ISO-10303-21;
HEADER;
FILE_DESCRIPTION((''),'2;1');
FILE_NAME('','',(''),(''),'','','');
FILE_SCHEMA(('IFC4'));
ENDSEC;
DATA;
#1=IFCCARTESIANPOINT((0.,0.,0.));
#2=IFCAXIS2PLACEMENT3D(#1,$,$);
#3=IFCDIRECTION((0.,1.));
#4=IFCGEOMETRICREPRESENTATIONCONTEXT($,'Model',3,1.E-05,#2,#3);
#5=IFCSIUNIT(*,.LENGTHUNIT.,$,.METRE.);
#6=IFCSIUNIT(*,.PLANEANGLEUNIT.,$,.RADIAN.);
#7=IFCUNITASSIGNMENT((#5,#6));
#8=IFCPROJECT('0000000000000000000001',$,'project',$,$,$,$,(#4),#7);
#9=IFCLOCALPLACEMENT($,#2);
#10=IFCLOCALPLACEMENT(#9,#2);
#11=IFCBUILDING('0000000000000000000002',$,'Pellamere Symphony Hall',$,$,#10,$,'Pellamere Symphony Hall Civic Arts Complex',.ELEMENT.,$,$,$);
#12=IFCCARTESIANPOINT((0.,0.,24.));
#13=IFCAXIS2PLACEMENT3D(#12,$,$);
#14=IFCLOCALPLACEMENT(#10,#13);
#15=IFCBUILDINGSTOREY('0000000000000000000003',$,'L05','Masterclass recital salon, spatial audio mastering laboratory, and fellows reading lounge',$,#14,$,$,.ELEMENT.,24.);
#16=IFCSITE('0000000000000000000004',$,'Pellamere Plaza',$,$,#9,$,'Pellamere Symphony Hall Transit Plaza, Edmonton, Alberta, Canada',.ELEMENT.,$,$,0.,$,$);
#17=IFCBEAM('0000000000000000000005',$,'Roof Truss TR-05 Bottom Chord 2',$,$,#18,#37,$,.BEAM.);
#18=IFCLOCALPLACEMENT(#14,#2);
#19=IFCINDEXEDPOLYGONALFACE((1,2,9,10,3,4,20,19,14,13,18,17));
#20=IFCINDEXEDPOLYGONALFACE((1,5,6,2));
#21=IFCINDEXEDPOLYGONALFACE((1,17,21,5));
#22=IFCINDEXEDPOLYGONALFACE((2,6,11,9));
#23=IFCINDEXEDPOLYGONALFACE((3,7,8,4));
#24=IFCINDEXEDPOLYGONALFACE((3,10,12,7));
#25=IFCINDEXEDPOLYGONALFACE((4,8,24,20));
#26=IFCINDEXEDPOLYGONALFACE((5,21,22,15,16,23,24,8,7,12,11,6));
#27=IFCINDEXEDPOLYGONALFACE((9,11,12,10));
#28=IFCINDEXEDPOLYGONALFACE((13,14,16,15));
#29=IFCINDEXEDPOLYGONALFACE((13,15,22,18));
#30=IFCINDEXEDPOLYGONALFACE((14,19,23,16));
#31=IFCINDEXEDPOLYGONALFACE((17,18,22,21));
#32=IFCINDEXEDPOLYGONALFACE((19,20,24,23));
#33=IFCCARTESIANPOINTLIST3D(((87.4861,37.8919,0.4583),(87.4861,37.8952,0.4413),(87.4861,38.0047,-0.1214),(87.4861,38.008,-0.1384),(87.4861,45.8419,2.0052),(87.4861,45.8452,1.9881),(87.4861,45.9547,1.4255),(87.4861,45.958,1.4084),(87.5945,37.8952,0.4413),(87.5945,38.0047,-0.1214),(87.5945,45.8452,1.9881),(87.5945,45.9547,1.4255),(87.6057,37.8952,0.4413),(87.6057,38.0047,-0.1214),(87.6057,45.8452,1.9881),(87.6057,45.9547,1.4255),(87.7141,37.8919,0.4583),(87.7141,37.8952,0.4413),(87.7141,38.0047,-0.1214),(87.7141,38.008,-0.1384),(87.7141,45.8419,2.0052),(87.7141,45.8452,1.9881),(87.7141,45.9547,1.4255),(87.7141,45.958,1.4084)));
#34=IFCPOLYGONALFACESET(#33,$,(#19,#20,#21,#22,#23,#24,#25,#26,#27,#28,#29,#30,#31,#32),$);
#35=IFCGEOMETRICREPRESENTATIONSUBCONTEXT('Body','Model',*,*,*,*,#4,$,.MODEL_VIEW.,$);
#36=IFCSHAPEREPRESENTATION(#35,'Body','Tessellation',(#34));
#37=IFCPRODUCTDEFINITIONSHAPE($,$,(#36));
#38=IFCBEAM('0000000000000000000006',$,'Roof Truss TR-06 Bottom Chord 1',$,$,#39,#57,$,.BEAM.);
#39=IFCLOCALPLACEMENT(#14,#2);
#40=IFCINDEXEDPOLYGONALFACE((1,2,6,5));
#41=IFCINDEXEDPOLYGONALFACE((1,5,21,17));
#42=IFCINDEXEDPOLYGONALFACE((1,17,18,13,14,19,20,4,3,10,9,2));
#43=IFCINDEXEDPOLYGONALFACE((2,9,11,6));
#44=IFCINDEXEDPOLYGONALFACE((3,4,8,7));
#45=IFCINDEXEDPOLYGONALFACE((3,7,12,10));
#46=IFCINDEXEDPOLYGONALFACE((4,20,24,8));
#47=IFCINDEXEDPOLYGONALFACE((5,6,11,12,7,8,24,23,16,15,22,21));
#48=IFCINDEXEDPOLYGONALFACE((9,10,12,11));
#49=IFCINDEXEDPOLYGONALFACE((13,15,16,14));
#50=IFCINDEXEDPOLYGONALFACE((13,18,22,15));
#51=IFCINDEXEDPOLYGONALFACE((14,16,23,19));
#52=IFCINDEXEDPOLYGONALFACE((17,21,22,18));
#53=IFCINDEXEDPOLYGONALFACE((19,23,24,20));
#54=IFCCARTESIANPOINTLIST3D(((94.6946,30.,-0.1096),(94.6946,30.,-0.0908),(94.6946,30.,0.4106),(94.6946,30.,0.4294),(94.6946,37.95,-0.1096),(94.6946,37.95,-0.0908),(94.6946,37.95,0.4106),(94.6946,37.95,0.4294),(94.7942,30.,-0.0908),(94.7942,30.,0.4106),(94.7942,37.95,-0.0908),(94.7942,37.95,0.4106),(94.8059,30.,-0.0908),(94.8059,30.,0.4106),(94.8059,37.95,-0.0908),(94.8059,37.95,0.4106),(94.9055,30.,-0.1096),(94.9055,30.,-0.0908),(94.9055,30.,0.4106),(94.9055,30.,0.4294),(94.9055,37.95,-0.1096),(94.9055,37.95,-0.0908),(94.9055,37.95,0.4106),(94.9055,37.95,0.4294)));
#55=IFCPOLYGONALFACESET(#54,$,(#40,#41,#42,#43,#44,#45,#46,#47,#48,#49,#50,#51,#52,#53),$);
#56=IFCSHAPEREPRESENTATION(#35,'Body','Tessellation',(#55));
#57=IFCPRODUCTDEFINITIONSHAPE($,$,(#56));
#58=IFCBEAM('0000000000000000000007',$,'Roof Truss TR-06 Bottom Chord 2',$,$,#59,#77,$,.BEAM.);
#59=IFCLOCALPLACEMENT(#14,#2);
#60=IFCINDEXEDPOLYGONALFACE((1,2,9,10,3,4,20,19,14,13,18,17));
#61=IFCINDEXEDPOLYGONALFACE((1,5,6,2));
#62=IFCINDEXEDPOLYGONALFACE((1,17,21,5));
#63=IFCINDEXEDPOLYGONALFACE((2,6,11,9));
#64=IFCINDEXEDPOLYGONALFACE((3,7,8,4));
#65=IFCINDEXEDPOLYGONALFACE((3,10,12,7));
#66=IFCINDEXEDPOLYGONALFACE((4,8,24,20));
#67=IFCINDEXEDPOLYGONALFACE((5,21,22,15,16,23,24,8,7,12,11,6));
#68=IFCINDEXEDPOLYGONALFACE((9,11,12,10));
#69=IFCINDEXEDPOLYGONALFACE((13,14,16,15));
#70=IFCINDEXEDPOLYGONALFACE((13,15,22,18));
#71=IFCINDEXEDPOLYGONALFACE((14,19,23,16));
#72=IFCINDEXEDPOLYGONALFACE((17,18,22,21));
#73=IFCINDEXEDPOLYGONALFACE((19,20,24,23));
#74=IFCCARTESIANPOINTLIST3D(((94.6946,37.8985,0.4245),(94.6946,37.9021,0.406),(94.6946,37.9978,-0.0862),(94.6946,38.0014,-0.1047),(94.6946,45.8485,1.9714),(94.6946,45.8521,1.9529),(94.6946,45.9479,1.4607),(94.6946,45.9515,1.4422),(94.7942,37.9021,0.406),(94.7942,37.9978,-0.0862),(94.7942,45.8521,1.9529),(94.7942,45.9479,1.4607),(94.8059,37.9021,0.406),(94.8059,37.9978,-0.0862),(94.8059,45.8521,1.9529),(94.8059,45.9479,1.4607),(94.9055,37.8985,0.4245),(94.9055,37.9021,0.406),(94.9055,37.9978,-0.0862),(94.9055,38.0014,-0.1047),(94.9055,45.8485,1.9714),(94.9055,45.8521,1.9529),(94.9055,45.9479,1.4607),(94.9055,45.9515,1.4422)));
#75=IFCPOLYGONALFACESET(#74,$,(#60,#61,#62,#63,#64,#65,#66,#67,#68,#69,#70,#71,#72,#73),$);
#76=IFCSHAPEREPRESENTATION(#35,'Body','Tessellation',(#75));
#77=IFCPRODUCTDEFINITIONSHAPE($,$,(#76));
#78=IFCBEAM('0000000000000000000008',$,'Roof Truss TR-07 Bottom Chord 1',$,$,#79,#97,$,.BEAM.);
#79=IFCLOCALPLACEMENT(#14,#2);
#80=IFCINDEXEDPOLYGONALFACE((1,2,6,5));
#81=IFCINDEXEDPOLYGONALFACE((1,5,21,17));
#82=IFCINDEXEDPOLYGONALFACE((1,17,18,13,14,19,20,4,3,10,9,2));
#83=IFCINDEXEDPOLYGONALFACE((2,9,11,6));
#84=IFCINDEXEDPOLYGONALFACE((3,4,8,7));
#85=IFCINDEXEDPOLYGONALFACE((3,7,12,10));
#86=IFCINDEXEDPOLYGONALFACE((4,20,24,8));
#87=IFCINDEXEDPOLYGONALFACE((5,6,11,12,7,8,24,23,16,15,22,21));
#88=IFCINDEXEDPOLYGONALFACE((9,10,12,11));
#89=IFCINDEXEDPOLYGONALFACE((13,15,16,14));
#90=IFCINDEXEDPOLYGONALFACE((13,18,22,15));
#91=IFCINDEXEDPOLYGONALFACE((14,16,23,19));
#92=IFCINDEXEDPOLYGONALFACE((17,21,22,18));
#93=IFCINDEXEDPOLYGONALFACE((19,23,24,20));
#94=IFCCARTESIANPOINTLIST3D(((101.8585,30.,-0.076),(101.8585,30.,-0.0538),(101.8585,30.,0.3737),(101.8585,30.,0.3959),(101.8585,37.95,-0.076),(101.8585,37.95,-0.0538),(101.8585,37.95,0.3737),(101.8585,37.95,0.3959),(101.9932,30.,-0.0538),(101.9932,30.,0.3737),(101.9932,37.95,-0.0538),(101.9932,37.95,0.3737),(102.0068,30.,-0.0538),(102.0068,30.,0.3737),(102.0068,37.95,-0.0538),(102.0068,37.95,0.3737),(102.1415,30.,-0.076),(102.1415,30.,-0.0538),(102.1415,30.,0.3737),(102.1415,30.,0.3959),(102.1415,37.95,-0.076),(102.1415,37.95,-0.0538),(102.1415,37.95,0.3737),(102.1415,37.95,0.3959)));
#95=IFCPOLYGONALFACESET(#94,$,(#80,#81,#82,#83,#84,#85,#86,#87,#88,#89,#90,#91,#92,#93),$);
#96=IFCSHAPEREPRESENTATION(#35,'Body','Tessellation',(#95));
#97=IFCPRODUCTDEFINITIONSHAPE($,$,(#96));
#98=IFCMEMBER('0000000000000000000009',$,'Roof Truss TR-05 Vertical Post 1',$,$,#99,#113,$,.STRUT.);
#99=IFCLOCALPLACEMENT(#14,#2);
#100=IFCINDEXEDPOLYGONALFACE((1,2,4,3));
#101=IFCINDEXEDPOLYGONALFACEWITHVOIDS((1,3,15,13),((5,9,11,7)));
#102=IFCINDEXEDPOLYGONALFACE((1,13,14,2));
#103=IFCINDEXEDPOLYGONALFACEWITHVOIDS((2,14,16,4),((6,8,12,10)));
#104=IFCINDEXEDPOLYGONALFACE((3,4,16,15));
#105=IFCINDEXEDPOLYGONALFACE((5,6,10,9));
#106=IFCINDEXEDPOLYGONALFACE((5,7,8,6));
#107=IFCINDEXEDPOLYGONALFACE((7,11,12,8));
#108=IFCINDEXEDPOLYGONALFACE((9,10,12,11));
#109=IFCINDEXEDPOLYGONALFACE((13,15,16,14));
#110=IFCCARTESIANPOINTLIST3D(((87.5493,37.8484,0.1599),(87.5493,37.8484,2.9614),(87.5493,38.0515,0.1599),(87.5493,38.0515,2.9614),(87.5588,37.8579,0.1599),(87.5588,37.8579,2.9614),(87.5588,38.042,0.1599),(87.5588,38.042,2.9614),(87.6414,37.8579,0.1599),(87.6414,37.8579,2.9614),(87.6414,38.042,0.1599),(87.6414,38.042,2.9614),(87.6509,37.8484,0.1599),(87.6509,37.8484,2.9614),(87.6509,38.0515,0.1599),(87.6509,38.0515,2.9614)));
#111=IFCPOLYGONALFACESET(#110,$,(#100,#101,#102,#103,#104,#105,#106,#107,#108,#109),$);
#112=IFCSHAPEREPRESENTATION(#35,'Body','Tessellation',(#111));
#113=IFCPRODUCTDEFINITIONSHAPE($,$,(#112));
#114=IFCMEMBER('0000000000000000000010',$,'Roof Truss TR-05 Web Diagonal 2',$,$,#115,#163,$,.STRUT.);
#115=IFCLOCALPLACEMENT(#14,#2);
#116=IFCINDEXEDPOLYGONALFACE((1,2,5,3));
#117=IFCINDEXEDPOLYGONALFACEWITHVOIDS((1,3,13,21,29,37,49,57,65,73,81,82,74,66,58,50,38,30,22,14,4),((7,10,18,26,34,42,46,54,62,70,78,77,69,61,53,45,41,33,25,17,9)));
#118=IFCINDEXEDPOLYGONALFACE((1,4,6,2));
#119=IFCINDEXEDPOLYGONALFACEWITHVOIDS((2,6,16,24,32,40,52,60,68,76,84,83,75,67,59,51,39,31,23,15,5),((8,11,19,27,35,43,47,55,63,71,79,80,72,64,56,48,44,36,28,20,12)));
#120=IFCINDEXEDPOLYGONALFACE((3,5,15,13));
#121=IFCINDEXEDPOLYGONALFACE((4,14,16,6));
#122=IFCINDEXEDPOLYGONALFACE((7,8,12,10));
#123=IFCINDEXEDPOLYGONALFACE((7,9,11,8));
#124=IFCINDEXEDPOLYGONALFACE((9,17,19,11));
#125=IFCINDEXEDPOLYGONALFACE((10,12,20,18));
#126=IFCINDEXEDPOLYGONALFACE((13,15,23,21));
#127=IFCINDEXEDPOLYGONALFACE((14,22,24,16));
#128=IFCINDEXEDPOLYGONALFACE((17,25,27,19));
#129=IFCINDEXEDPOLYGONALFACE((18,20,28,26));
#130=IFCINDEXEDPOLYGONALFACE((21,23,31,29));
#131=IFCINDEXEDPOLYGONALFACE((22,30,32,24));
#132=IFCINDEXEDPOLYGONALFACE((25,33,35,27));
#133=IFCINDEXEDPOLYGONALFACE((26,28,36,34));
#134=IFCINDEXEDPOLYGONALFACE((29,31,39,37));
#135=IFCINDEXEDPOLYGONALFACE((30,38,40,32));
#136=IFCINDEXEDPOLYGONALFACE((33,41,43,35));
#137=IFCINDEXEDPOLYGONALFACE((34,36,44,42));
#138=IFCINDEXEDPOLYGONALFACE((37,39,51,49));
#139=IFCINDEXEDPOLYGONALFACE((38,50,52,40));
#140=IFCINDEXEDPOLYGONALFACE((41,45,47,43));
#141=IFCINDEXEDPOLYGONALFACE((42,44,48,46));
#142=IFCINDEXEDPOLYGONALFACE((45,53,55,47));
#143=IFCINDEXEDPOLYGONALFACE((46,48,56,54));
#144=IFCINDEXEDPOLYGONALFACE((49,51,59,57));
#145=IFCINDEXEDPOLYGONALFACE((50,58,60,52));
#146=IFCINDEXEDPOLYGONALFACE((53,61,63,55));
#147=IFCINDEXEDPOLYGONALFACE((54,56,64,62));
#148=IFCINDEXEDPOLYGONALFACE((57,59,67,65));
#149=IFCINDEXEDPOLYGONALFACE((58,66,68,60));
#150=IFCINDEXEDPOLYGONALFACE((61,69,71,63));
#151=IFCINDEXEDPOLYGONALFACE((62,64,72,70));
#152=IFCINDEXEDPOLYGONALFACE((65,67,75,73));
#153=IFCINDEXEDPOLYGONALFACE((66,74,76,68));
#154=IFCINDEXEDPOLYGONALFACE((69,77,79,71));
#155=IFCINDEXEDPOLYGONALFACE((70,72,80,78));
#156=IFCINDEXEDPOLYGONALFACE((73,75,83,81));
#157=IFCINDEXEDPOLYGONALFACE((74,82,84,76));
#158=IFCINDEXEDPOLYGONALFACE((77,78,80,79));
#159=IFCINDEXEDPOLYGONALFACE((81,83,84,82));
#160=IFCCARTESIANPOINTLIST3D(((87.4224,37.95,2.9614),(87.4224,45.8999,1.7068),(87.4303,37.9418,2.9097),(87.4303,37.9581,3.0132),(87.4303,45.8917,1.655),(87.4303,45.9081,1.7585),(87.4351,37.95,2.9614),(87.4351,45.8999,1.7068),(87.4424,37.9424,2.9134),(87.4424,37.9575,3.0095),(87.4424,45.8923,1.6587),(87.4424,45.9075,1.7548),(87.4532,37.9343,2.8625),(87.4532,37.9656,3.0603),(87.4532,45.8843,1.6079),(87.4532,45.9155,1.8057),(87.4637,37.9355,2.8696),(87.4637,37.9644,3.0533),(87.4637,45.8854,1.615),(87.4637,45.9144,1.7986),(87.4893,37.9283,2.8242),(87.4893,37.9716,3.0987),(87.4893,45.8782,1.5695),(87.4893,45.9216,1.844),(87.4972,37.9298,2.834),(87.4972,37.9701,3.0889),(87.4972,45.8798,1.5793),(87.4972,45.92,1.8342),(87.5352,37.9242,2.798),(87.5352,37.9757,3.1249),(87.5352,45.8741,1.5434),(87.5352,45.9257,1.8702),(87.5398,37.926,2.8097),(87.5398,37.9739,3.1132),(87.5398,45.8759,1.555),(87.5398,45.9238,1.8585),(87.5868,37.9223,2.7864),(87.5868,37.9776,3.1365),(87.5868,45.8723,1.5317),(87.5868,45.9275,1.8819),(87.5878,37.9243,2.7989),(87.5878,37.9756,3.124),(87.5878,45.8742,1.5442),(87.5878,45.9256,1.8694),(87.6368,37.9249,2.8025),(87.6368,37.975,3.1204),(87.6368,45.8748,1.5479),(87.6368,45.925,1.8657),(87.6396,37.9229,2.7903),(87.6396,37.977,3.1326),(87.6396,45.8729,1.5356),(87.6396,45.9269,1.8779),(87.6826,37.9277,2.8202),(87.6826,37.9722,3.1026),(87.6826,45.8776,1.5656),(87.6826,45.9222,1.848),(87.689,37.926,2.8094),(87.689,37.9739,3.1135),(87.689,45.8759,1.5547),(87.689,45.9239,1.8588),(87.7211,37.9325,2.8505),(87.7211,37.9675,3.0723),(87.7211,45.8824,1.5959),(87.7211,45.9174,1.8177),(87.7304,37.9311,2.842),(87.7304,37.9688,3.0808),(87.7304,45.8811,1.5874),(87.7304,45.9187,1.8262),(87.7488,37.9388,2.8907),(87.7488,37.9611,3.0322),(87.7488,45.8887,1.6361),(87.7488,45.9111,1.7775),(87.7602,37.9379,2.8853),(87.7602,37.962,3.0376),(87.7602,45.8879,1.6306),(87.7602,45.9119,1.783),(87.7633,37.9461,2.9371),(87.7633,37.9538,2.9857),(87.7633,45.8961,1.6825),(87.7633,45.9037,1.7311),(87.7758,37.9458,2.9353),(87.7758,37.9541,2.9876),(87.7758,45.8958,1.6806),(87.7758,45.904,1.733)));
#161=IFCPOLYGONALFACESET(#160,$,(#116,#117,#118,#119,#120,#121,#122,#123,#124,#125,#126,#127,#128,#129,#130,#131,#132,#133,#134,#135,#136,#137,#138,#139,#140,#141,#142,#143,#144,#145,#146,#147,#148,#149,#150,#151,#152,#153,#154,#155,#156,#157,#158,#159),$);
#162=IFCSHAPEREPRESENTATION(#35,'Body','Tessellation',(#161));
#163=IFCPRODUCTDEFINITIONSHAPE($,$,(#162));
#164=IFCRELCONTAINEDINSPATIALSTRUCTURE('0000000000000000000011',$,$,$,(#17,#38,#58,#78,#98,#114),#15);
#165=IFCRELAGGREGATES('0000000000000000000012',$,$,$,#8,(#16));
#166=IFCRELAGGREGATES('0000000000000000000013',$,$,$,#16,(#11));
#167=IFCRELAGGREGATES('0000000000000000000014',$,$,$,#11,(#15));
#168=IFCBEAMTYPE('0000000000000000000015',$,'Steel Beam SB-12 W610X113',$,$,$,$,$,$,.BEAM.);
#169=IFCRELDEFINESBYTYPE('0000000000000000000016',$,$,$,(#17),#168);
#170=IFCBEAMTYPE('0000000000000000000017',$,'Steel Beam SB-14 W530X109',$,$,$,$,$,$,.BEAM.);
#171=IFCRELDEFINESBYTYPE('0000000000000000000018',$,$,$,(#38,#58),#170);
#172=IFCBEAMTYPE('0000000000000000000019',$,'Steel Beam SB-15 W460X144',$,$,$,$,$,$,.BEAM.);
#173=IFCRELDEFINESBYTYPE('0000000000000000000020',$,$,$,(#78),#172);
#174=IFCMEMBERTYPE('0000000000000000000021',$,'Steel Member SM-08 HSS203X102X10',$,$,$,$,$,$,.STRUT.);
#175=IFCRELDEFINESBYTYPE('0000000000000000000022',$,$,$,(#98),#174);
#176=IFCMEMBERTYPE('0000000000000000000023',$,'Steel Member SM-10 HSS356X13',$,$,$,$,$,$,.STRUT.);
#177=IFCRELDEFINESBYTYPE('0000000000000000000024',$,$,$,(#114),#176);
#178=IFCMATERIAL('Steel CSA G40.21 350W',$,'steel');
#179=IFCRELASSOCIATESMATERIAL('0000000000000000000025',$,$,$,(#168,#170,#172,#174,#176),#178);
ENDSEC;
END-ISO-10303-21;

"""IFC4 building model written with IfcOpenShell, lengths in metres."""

from ifc_helpers import new_model, si_unit, direction, frame, origin, origin_2d, place, context, subcontext, project, spatial, hollow_rectangle, hollow_circle, i_section, extrude, material, material_profile, profile_set, type_object, element, save


model = new_model("IFC4")

# Units and contexts
model_context = context("Model", 3, precision=1e-05, world=origin(), true_north=direction((0.0, 1.0)))
body_context = subcontext(model_context, "Body", "Model", "MODEL_VIEW")
ifc_project = project(units=[si_unit("LENGTHUNIT", "METRE"), si_unit("PLANEANGLEUNIT", "RADIAN")], contexts=[model_context])

# Site, building, storey
site_placement = place(None, origin())
site = spatial("IfcSite", under=ifc_project, at=site_placement, Name="Pellamere Plaza", LongName="Pellamere Symphony Hall Transit Plaza, Edmonton, Alberta, Canada", CompositionType="ELEMENT", RefElevation=0.0)
building_placement = place(site_placement, origin())
building = spatial("IfcBuilding", under=site, at=building_placement, Name="Pellamere Symphony Hall", LongName="Pellamere Symphony Hall Civic Arts Complex", CompositionType="ELEMENT")
storey_placement = place(building_placement, frame((0.0, 0.0, 24.0)))
storey = spatial("IfcBuildingStorey", under=building, at=storey_placement, Name="L05", Description="Masterclass recital salon, spatial audio mastering laboratory, and fellows reading lounge", CompositionType="ELEMENT", Elevation=24.0)

# Beams
ifc_material_1 = material(Name="Steel CSA G40.21 350W", Category="steel")
ifc_material_profile_1 = material_profile(ifc_material_1, i_section(OverallWidth=0.228, OverallDepth=0.6079, WebThickness=0.0112, FlangeThickness=0.0173, at=origin_2d()), Name="W610X113")
ifc_profile_set_1 = profile_set([ifc_material_profile_1], Name="Steel CSA G40.21 350W")
beam_type_1 = type_object("IfcBeamType", Name="Steel Beam SB-12 W610X113", PredefinedType="BEAM", material=ifc_profile_set_1)
beam_1_placement = place(storey_placement, frame((87.6001, 37.95, 0.1599), z_axis=(0.0, 0.981591, 0.190995), x_axis=(-1.0, 0.0, 0.0)))
element("IfcBeam", 1, at=beam_1_placement, inside=storey, type_object=beam_type_1, Name="Roof Truss TR-05 Bottom Chord 2", PredefinedType="BEAM", context=body_context, shape_type="SweptSolid", body=[
    extrude(i_section(OverallWidth=0.228, OverallDepth=0.6079, WebThickness=0.0112, FlangeThickness=0.0173, at=origin_2d()), origin(), (0.0, 0.0, 1.0), 8.0991),
])
ifc_material_profile_2 = material_profile(ifc_material_1, i_section(OverallWidth=0.2109, OverallDepth=0.5391, WebThickness=0.0117, FlangeThickness=0.0188, at=origin_2d()), Name="W530X109")
ifc_profile_set_2 = profile_set([ifc_material_profile_2], Name="Steel CSA G40.21 350W")
beam_type_2 = type_object("IfcBeamType", Name="Steel Beam SB-14 W530X109", PredefinedType="BEAM", material=ifc_profile_set_2)
beam_2_placement = place(storey_placement, frame((94.8, 30.0, 0.1599), z_axis=(0.0, 1.0, 0.0), x_axis=(-1.0, 0.0, 0.0)))
element("IfcBeam", 2, at=beam_2_placement, inside=storey, type_object=beam_type_2, Name="Roof Truss TR-06 Bottom Chord 1", PredefinedType="BEAM", context=body_context, shape_type="SweptSolid", body=[
    extrude(i_section(OverallWidth=0.2109, OverallDepth=0.5391, WebThickness=0.0117, FlangeThickness=0.0188, at=origin_2d()), origin(), (0.0, 0.0, 1.0), 7.95),
])
beam_3_placement = place(storey_placement, frame((94.8, 37.95, 0.1599), z_axis=(0.0, 0.981591, 0.190995), x_axis=(-1.0, 0.0, 0.0)))
element("IfcBeam", 3, at=beam_3_placement, inside=storey, type_object=beam_type_2, Name="Roof Truss TR-06 Bottom Chord 2", PredefinedType="BEAM", context=body_context, shape_type="SweptSolid", body=[
    extrude(i_section(OverallWidth=0.2109, OverallDepth=0.5391, WebThickness=0.0117, FlangeThickness=0.0188, at=origin_2d()), origin(), (0.0, 0.0, 1.0), 8.0991),
])
ifc_material_profile_3 = material_profile(ifc_material_1, i_section(OverallWidth=0.283, OverallDepth=0.4719, WebThickness=0.0137, FlangeThickness=0.0222, at=origin_2d()), Name="W460X144")
ifc_profile_set_3 = profile_set([ifc_material_profile_3], Name="Steel CSA G40.21 350W")
beam_type_3 = type_object("IfcBeamType", Name="Steel Beam SB-15 W460X144", PredefinedType="BEAM", material=ifc_profile_set_3)
beam_4_placement = place(storey_placement, frame((102.0, 30.0, 0.1599), z_axis=(0.0, 1.0, 0.0), x_axis=(-1.0, 0.0, 0.0)))
element("IfcBeam", 4, at=beam_4_placement, inside=storey, type_object=beam_type_3, Name="Roof Truss TR-07 Bottom Chord 1", PredefinedType="BEAM", context=body_context, shape_type="SweptSolid", body=[
    extrude(i_section(OverallWidth=0.283, OverallDepth=0.4719, WebThickness=0.0137, FlangeThickness=0.0222, at=origin_2d()), origin(), (0.0, 0.0, 1.0), 7.95),
])

# Members
ifc_material_profile_4 = material_profile(ifc_material_1, hollow_rectangle(XDim=0.1016, YDim=0.2031, WallThickness=0.0095, at=origin_2d()), Name="HSS203X102X10")
ifc_profile_set_4 = profile_set([ifc_material_profile_4], Name="Steel CSA G40.21 350W")
member_type_1 = type_object("IfcMemberType", Name="Steel Member SM-08 HSS203X102X10", PredefinedType="STRUT", material=ifc_profile_set_4)
member_1_placement = place(storey_placement, frame((87.6001, 37.95, 0.1599), z_axis=(0.0, 0.0, 1.0), x_axis=(1.0, 0.0, 0.0)))
element("IfcMember", 5, at=member_1_placement, inside=storey, type_object=member_type_1, Name="Roof Truss TR-05 Vertical Post 1", PredefinedType="STRUT", context=body_context, shape_type="SweptSolid", body=[
    extrude(hollow_rectangle(XDim=0.1016, YDim=0.2031, WallThickness=0.0095, at=origin_2d()), origin(), (0.0, 0.0, 1.0), 2.8015),
])
ifc_material_profile_5 = material_profile(ifc_material_1, hollow_circle(Radius=0.1777, WallThickness=0.0127, at=origin_2d()), Name="HSS356X13")
ifc_profile_set_5 = profile_set([ifc_material_profile_5], Name="Steel CSA G40.21 350W")
member_type_2 = type_object("IfcMemberType", Name="Steel Member SM-10 HSS356X13", PredefinedType="STRUT", material=ifc_profile_set_5)
member_2_placement = place(storey_placement, frame((87.6001, 37.95, 2.9614), z_axis=(0.0, 0.987775, -0.155888), x_axis=(-1.0, 0.0, 0.0)))
element("IfcMember", 6, at=member_2_placement, inside=storey, type_object=member_type_2, Name="Roof Truss TR-05 Web Diagonal 2", PredefinedType="STRUT", context=body_context, shape_type="SweptSolid", body=[
    extrude(hollow_circle(Radius=0.1777, WallThickness=0.0127, at=origin_2d()), origin(), (0.0, 0.0, 1.0), 8.0483),
])

save(model, "model.ifc")
